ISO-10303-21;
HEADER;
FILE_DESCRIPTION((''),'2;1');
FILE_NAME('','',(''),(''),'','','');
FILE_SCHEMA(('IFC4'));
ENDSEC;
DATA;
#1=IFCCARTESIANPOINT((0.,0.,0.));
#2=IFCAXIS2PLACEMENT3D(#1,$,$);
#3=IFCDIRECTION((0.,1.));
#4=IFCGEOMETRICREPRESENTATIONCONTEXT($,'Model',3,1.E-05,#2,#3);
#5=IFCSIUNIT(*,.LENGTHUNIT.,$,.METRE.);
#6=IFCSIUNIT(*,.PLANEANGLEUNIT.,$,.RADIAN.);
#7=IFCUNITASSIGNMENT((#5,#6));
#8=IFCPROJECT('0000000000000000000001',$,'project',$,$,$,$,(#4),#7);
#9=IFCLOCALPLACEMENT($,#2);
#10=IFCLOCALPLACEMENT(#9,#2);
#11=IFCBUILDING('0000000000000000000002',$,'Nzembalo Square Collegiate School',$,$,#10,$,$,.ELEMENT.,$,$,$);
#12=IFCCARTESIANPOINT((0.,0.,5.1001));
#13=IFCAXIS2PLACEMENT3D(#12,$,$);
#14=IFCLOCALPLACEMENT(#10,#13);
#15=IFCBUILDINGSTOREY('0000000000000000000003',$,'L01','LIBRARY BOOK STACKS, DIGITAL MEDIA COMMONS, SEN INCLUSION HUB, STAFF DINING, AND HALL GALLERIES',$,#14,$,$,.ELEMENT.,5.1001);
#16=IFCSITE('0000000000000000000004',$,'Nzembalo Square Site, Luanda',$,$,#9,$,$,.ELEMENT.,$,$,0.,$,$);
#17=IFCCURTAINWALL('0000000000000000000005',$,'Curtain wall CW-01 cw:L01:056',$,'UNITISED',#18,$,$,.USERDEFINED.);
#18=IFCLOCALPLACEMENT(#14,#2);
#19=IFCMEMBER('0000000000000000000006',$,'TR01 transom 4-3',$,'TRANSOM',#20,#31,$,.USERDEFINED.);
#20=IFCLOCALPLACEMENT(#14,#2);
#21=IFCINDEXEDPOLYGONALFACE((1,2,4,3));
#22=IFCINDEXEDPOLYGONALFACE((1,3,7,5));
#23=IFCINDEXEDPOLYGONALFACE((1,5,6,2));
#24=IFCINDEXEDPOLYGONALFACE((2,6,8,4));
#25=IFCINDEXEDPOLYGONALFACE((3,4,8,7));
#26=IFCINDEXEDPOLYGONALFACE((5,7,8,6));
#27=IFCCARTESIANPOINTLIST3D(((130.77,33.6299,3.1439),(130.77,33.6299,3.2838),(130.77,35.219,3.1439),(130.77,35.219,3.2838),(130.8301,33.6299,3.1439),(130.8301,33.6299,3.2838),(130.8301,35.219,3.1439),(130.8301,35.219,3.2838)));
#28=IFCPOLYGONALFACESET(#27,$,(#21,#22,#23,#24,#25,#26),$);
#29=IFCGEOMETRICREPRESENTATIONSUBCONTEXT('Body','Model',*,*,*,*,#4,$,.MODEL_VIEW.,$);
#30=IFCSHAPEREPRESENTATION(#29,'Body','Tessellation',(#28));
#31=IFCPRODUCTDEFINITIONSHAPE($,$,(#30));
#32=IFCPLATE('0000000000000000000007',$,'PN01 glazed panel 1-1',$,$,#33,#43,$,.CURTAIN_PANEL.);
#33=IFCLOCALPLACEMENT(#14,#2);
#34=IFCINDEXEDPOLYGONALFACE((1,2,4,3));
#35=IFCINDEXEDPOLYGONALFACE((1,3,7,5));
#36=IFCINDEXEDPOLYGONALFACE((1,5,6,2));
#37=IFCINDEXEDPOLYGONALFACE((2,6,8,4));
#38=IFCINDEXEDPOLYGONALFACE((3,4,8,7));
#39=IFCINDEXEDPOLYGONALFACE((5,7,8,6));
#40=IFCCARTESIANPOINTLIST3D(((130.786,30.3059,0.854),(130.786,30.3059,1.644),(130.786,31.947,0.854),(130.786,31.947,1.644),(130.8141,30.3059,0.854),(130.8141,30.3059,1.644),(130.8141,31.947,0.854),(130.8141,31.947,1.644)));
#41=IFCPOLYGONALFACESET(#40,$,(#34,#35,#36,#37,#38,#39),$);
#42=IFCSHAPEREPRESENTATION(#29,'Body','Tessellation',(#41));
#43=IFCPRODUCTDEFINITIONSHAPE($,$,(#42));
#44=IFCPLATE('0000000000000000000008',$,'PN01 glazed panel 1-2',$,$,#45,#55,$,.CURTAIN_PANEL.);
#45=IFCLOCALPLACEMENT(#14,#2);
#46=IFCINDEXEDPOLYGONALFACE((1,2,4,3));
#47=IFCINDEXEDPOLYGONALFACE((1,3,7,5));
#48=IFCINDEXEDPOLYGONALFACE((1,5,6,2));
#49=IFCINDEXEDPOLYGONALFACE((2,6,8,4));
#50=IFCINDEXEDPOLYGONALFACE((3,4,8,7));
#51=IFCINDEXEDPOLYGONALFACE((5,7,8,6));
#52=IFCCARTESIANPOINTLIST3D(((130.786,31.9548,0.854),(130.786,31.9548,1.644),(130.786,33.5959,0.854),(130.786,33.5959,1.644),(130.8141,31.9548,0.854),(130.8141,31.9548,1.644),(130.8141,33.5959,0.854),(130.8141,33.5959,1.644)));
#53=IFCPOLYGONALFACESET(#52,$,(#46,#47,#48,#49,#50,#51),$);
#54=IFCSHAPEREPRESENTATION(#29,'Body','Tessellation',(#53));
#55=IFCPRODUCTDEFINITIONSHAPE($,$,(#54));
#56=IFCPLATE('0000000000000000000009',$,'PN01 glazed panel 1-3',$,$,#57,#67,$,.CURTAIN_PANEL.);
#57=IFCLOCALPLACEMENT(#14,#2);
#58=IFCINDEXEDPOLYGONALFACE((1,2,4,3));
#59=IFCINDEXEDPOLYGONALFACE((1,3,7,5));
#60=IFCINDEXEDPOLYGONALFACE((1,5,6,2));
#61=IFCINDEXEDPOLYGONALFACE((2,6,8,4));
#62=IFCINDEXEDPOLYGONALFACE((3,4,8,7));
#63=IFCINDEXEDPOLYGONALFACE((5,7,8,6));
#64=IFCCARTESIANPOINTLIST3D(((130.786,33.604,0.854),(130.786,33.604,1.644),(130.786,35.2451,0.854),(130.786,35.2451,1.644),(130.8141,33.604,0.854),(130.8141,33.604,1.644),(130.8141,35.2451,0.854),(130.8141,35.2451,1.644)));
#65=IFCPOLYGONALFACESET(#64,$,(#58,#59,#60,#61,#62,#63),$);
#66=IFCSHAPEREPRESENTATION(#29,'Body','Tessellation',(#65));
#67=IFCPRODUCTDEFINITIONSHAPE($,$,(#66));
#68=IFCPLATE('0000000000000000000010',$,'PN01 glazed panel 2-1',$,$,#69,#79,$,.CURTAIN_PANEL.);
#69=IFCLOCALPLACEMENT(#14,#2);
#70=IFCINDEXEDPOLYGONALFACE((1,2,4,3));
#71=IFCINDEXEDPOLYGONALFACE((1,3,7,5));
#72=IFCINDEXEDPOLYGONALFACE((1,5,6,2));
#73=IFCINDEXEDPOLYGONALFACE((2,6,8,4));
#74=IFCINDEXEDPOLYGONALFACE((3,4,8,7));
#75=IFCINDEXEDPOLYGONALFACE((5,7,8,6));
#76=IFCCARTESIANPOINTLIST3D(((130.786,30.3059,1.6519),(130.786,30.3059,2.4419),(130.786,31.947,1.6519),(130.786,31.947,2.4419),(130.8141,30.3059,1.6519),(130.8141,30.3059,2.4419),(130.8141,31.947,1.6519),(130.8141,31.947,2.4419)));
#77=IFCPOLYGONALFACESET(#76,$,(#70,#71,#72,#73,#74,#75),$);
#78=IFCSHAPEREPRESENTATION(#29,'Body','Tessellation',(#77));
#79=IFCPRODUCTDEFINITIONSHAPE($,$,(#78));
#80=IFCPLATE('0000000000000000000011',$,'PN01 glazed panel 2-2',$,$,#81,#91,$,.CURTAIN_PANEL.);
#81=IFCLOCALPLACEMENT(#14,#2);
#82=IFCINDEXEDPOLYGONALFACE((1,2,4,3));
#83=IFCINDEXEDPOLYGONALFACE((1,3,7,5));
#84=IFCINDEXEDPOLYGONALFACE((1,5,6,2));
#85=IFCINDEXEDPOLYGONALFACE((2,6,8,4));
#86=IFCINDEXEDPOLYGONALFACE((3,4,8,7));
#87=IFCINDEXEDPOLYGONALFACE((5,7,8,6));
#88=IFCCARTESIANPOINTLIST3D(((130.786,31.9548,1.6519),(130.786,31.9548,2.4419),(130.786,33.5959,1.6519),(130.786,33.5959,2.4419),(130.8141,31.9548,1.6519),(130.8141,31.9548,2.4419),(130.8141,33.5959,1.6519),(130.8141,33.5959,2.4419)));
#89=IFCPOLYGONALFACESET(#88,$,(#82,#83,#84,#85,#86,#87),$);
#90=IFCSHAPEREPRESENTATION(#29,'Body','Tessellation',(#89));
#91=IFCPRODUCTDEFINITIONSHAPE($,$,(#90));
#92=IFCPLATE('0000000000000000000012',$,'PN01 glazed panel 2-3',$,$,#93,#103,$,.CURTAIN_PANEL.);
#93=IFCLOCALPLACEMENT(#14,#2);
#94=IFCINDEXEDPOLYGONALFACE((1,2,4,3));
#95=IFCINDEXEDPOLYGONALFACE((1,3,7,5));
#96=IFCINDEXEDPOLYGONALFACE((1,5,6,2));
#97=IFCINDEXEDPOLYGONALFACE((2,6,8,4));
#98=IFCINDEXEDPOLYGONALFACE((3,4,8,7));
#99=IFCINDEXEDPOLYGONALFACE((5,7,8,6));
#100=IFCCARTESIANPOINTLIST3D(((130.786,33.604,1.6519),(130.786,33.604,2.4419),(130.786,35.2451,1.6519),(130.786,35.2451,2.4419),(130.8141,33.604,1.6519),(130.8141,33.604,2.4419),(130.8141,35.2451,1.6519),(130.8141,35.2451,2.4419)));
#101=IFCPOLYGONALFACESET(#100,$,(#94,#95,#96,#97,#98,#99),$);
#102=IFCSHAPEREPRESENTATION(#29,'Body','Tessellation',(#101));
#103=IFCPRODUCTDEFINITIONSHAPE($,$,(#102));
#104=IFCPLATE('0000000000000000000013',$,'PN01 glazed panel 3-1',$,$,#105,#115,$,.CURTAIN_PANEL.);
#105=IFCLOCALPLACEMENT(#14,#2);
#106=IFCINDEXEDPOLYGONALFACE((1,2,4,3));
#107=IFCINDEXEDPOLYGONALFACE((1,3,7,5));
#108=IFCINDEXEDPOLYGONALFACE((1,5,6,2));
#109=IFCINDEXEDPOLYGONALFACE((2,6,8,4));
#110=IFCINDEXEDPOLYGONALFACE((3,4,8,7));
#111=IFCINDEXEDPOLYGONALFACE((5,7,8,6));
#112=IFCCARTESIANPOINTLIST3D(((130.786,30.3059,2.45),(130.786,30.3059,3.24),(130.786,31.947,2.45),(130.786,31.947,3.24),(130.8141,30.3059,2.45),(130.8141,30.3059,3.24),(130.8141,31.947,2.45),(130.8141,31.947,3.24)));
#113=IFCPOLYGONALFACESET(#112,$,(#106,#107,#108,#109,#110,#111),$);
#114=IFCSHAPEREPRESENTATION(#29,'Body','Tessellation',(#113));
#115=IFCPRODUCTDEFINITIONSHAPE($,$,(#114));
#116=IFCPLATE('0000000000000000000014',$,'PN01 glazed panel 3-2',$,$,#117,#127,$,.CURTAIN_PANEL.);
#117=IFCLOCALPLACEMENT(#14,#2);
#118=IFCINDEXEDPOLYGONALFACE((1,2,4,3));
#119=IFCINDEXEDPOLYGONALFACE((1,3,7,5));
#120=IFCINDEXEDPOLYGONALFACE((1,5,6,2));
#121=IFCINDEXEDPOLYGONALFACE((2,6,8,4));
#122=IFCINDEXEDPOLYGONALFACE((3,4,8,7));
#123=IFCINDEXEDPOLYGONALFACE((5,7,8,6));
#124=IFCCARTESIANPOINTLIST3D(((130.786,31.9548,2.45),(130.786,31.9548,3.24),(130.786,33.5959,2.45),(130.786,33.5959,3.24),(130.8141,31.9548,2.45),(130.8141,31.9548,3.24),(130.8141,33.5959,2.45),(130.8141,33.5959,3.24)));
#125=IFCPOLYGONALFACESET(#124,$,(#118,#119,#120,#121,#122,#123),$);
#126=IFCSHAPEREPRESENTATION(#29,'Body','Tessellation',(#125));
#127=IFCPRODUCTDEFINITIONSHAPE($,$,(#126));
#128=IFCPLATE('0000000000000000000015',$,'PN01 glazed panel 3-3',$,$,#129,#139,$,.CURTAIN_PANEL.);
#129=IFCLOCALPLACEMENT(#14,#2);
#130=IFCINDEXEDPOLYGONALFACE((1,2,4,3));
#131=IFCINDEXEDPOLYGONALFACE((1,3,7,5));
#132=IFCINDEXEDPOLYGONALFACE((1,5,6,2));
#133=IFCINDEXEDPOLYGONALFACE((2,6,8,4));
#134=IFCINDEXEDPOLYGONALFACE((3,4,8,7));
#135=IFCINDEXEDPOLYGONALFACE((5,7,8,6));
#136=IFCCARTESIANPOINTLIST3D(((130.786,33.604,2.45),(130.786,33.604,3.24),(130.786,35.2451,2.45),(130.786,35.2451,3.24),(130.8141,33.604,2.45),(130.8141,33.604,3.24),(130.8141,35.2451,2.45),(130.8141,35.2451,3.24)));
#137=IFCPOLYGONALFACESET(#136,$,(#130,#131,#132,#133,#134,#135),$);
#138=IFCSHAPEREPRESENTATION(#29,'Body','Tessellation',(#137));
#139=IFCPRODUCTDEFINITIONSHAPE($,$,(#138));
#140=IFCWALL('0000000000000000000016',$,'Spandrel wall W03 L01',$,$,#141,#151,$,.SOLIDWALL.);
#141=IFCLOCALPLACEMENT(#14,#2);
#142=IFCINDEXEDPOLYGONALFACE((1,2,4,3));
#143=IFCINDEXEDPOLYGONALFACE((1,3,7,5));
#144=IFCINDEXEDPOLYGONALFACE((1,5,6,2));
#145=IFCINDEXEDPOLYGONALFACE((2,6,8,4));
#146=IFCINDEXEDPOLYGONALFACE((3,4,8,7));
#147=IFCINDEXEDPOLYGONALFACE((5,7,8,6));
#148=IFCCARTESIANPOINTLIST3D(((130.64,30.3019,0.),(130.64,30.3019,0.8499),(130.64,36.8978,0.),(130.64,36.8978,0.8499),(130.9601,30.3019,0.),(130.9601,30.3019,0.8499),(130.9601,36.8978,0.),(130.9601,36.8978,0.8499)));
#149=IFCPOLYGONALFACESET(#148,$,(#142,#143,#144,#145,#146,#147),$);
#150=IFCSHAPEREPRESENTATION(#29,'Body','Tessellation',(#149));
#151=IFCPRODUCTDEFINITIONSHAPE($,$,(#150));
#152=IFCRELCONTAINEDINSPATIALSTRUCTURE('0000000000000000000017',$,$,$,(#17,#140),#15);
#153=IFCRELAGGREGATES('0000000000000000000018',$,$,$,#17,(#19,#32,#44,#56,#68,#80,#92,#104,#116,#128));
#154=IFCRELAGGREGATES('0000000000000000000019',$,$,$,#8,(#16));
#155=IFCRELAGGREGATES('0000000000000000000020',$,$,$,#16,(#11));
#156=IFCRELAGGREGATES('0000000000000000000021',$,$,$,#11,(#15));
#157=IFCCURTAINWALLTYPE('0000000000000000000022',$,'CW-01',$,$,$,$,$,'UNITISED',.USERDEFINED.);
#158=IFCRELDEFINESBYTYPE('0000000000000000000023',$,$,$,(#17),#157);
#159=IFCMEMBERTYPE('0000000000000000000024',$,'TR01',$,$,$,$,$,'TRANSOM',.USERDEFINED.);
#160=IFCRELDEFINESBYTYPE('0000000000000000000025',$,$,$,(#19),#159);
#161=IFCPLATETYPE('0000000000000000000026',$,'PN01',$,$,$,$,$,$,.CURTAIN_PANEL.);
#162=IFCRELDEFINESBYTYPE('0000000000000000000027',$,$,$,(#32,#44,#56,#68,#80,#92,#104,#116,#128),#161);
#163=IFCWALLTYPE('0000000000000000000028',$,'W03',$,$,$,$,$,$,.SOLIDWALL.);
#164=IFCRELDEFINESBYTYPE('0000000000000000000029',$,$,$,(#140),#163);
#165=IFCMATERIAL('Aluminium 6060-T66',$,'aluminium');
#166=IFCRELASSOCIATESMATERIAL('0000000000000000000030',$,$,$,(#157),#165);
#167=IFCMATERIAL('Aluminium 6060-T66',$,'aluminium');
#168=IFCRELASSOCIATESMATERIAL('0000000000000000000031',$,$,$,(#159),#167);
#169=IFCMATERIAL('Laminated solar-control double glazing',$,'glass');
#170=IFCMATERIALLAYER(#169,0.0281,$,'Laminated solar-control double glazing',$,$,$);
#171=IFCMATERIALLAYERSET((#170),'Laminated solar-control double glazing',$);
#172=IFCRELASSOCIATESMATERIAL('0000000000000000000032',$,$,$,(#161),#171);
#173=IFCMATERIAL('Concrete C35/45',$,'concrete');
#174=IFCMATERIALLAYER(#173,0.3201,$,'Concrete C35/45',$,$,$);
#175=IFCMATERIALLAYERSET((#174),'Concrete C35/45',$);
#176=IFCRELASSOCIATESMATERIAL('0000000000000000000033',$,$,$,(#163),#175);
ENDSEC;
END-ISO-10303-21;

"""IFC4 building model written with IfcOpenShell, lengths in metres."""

from ifc_helpers import new_model, si_unit, direction, frame, frame_2d, origin, origin_2d, place, context, subcontext, project, spatial, rectangle, extrude, material, layer, layer_set, material_profile, profile_set, type_object, element, aggregate, save


model = new_model("IFC4")

# Units and contexts
model_context = context("Model", 3, precision=1e-05, world=origin(), true_north=direction((0.0, 1.0)))
body_context = subcontext(model_context, "Body", "Model", "MODEL_VIEW")
ifc_project = project(units=[si_unit("LENGTHUNIT", "METRE"), si_unit("PLANEANGLEUNIT", "RADIAN")], contexts=[model_context])

# Site, building, storey
site_placement = place(None, origin())
site = spatial("IfcSite", under=ifc_project, at=site_placement, Name="Nzembalo Square Site, Luanda", CompositionType="ELEMENT", RefElevation=0.0)
building_placement = place(site_placement, origin())
building = spatial("IfcBuilding", under=site, at=building_placement, Name="Nzembalo Square Collegiate School", CompositionType="ELEMENT")
storey_placement = place(building_placement, frame((0.0, 0.0, 5.1001)))
storey = spatial("IfcBuildingStorey", under=building, at=storey_placement, Name="L01", Description="LIBRARY BOOK STACKS, DIGITAL MEDIA COMMONS, SEN INCLUSION HUB, STAFF DINING, AND HALL GALLERIES", CompositionType="ELEMENT", Elevation=5.1001)

# Curtain wall, member, plates
ifc_material_1 = material(Name="Aluminium 6060-T66", Category="aluminium")
curtain_wall_type = type_object("IfcCurtainWallType", Name="CW-01", ElementType="UNITISED", PredefinedType="USERDEFINED", material=ifc_material_1)
curtain_wall_placement = place(storey_placement, origin())
curtain_wall = element("IfcCurtainWall", 1, at=curtain_wall_placement, inside=storey, type_object=curtain_wall_type, Name="Curtain wall CW-01 cw:L01:056", ObjectType="UNITISED", PredefinedType="USERDEFINED")
ifc_material_2 = material(Name="Aluminium 6060-T66", Category="aluminium")
ifc_material_profile_1 = material_profile(ifc_material_2, rectangle(XDim=0.0601, YDim=0.1399, at=origin_2d()), Name="ALU T60x140")
ifc_profile_set_1 = profile_set([ifc_material_profile_1], Name="Aluminium 6060-T66")
member_type_1 = type_object("IfcMemberType", Name="TR01", ElementType="TRANSOM", PredefinedType="USERDEFINED", material=ifc_profile_set_1)
member_1_placement = place(storey_placement, frame((130.8, 33.6299, 3.2139), z_axis=(0.0, 1.0, 0.0), x_axis=(-1.0, 0.0, 0.0)))
member_1 = element("IfcMember", 2, at=member_1_placement, type_object=member_type_1, Name="TR01 transom 4-3", ObjectType="TRANSOM", PredefinedType="USERDEFINED", context=body_context, shape_type="SweptSolid", body=[
    extrude(rectangle(XDim=0.0601, YDim=0.1399, at=origin_2d()), origin(), (0.0, 0.0, 1.0), 1.5891),
])
ifc_material_3 = material(Name="Laminated solar-control double glazing", Category="glass")
ifc_layer_1 = layer(ifc_material_3, 0.0281, Name="Laminated solar-control double glazing")
ifc_layer_set_1 = layer_set([ifc_layer_1], Name="Laminated solar-control double glazing")
plate_type = type_object("IfcPlateType", Name="PN01", PredefinedType="CURTAIN_PANEL", material=ifc_layer_set_1)
plate_1_placement = place(storey_placement, frame((130.8, 31.1265, 0.854), z_axis=(0.0, 0.0, 1.0), x_axis=(0.0, 1.0, 0.0)))
plate_1 = element("IfcPlate", 3, at=plate_1_placement, type_object=plate_type, Name="PN01 glazed panel 1-1", PredefinedType="CURTAIN_PANEL", context=body_context, shape_type="SweptSolid", body=[
    extrude(rectangle(XDim=1.6411, YDim=0.0281, at=origin_2d()), origin(), (0.0, 0.0, 1.0), 0.79),
])
plate_2_placement = place(storey_placement, frame((130.8, 32.7754, 0.854), z_axis=(0.0, 0.0, 1.0), x_axis=(0.0, 1.0, 0.0)))
plate_2 = element("IfcPlate", 4, at=plate_2_placement, type_object=plate_type, Name="PN01 glazed panel 1-2", PredefinedType="CURTAIN_PANEL", context=body_context, shape_type="SweptSolid", body=[
    extrude(rectangle(XDim=1.6411, YDim=0.0281, at=origin_2d()), origin(), (0.0, 0.0, 1.0), 0.79),
])
plate_3_placement = place(storey_placement, frame((130.8, 34.4246, 0.854), z_axis=(0.0, 0.0, 1.0), x_axis=(0.0, 1.0, 0.0)))
plate_3 = element("IfcPlate", 5, at=plate_3_placement, type_object=plate_type, Name="PN01 glazed panel 1-3", PredefinedType="CURTAIN_PANEL", context=body_context, shape_type="SweptSolid", body=[
    extrude(rectangle(XDim=1.6411, YDim=0.0281, at=origin_2d()), origin(), (0.0, 0.0, 1.0), 0.79),
])
plate_4_placement = place(storey_placement, frame((130.8, 31.1265, 1.6519), z_axis=(0.0, 0.0, 1.0), x_axis=(0.0, 1.0, 0.0)))
plate_4 = element("IfcPlate", 6, at=plate_4_placement, type_object=plate_type, Name="PN01 glazed panel 2-1", PredefinedType="CURTAIN_PANEL", context=body_context, shape_type="SweptSolid", body=[
    extrude(rectangle(XDim=1.6411, YDim=0.0281, at=origin_2d()), origin(), (0.0, 0.0, 1.0), 0.79),
])
plate_5_placement = place(storey_placement, frame((130.8, 32.7754, 1.6519), z_axis=(0.0, 0.0, 1.0), x_axis=(0.0, 1.0, 0.0)))
plate_5 = element("IfcPlate", 7, at=plate_5_placement, type_object=plate_type, Name="PN01 glazed panel 2-2", PredefinedType="CURTAIN_PANEL", context=body_context, shape_type="SweptSolid", body=[
    extrude(rectangle(XDim=1.6411, YDim=0.0281, at=origin_2d()), origin(), (0.0, 0.0, 1.0), 0.79),
])
plate_6_placement = place(storey_placement, frame((130.8, 34.4246, 1.6519), z_axis=(0.0, 0.0, 1.0), x_axis=(0.0, 1.0, 0.0)))
plate_6 = element("IfcPlate", 8, at=plate_6_placement, type_object=plate_type, Name="PN01 glazed panel 2-3", PredefinedType="CURTAIN_PANEL", context=body_context, shape_type="SweptSolid", body=[
    extrude(rectangle(XDim=1.6411, YDim=0.0281, at=origin_2d()), origin(), (0.0, 0.0, 1.0), 0.79),
])
plate_7_placement = place(storey_placement, frame((130.8, 31.1265, 2.45), z_axis=(0.0, 0.0, 1.0), x_axis=(0.0, 1.0, 0.0)))
plate_7 = element("IfcPlate", 9, at=plate_7_placement, type_object=plate_type, Name="PN01 glazed panel 3-1", PredefinedType="CURTAIN_PANEL", context=body_context, shape_type="SweptSolid", body=[
    extrude(rectangle(XDim=1.6411, YDim=0.0281, at=origin_2d()), origin(), (0.0, 0.0, 1.0), 0.79),
])
plate_8_placement = place(storey_placement, frame((130.8, 32.7754, 2.45), z_axis=(0.0, 0.0, 1.0), x_axis=(0.0, 1.0, 0.0)))
plate_8 = element("IfcPlate", 10, at=plate_8_placement, type_object=plate_type, Name="PN01 glazed panel 3-2", PredefinedType="CURTAIN_PANEL", context=body_context, shape_type="SweptSolid", body=[
    extrude(rectangle(XDim=1.6411, YDim=0.0281, at=origin_2d()), origin(), (0.0, 0.0, 1.0), 0.79),
])
plate_9_placement = place(storey_placement, frame((130.8, 34.4246, 2.45), z_axis=(0.0, 0.0, 1.0), x_axis=(0.0, 1.0, 0.0)))
plate_9 = element("IfcPlate", 11, at=plate_9_placement, type_object=plate_type, Name="PN01 glazed panel 3-3", PredefinedType="CURTAIN_PANEL", context=body_context, shape_type="SweptSolid", body=[
    extrude(rectangle(XDim=1.6411, YDim=0.0281, at=origin_2d()), origin(), (0.0, 0.0, 1.0), 0.79),
])
aggregate(curtain_wall, [member_1, plate_1, plate_2, plate_3, plate_4, plate_5, plate_6, plate_7, plate_8, plate_9])

# Wall
ifc_material_4 = material(Name="Concrete C35/45", Category="concrete")
ifc_layer_2 = layer(ifc_material_4, 0.3201, Name="Concrete C35/45")
ifc_layer_set_2 = layer_set([ifc_layer_2], Name="Concrete C35/45")
wall_type = type_object("IfcWallType", Name="W03", PredefinedType="SOLIDWALL", material=ifc_layer_set_2)
wall_placement = place(storey_placement, frame((130.8, 30.302, 0.0), z_axis=(0.0, 0.0, 1.0), x_axis=(0.0, 1.0, 0.0)))
element("IfcWall", 12, at=wall_placement, inside=storey, type_object=wall_type, Name="Spandrel wall W03 L01", PredefinedType="SOLIDWALL", context=body_context, shape_type="SweptSolid", body=[
    extrude(rectangle(XDim=6.5959, YDim=0.3201, at=frame_2d((3.2979, 0.0))), origin(), (0.0, 0.0, 1.0), 0.8499),
])

save(model, "model.ifc")
